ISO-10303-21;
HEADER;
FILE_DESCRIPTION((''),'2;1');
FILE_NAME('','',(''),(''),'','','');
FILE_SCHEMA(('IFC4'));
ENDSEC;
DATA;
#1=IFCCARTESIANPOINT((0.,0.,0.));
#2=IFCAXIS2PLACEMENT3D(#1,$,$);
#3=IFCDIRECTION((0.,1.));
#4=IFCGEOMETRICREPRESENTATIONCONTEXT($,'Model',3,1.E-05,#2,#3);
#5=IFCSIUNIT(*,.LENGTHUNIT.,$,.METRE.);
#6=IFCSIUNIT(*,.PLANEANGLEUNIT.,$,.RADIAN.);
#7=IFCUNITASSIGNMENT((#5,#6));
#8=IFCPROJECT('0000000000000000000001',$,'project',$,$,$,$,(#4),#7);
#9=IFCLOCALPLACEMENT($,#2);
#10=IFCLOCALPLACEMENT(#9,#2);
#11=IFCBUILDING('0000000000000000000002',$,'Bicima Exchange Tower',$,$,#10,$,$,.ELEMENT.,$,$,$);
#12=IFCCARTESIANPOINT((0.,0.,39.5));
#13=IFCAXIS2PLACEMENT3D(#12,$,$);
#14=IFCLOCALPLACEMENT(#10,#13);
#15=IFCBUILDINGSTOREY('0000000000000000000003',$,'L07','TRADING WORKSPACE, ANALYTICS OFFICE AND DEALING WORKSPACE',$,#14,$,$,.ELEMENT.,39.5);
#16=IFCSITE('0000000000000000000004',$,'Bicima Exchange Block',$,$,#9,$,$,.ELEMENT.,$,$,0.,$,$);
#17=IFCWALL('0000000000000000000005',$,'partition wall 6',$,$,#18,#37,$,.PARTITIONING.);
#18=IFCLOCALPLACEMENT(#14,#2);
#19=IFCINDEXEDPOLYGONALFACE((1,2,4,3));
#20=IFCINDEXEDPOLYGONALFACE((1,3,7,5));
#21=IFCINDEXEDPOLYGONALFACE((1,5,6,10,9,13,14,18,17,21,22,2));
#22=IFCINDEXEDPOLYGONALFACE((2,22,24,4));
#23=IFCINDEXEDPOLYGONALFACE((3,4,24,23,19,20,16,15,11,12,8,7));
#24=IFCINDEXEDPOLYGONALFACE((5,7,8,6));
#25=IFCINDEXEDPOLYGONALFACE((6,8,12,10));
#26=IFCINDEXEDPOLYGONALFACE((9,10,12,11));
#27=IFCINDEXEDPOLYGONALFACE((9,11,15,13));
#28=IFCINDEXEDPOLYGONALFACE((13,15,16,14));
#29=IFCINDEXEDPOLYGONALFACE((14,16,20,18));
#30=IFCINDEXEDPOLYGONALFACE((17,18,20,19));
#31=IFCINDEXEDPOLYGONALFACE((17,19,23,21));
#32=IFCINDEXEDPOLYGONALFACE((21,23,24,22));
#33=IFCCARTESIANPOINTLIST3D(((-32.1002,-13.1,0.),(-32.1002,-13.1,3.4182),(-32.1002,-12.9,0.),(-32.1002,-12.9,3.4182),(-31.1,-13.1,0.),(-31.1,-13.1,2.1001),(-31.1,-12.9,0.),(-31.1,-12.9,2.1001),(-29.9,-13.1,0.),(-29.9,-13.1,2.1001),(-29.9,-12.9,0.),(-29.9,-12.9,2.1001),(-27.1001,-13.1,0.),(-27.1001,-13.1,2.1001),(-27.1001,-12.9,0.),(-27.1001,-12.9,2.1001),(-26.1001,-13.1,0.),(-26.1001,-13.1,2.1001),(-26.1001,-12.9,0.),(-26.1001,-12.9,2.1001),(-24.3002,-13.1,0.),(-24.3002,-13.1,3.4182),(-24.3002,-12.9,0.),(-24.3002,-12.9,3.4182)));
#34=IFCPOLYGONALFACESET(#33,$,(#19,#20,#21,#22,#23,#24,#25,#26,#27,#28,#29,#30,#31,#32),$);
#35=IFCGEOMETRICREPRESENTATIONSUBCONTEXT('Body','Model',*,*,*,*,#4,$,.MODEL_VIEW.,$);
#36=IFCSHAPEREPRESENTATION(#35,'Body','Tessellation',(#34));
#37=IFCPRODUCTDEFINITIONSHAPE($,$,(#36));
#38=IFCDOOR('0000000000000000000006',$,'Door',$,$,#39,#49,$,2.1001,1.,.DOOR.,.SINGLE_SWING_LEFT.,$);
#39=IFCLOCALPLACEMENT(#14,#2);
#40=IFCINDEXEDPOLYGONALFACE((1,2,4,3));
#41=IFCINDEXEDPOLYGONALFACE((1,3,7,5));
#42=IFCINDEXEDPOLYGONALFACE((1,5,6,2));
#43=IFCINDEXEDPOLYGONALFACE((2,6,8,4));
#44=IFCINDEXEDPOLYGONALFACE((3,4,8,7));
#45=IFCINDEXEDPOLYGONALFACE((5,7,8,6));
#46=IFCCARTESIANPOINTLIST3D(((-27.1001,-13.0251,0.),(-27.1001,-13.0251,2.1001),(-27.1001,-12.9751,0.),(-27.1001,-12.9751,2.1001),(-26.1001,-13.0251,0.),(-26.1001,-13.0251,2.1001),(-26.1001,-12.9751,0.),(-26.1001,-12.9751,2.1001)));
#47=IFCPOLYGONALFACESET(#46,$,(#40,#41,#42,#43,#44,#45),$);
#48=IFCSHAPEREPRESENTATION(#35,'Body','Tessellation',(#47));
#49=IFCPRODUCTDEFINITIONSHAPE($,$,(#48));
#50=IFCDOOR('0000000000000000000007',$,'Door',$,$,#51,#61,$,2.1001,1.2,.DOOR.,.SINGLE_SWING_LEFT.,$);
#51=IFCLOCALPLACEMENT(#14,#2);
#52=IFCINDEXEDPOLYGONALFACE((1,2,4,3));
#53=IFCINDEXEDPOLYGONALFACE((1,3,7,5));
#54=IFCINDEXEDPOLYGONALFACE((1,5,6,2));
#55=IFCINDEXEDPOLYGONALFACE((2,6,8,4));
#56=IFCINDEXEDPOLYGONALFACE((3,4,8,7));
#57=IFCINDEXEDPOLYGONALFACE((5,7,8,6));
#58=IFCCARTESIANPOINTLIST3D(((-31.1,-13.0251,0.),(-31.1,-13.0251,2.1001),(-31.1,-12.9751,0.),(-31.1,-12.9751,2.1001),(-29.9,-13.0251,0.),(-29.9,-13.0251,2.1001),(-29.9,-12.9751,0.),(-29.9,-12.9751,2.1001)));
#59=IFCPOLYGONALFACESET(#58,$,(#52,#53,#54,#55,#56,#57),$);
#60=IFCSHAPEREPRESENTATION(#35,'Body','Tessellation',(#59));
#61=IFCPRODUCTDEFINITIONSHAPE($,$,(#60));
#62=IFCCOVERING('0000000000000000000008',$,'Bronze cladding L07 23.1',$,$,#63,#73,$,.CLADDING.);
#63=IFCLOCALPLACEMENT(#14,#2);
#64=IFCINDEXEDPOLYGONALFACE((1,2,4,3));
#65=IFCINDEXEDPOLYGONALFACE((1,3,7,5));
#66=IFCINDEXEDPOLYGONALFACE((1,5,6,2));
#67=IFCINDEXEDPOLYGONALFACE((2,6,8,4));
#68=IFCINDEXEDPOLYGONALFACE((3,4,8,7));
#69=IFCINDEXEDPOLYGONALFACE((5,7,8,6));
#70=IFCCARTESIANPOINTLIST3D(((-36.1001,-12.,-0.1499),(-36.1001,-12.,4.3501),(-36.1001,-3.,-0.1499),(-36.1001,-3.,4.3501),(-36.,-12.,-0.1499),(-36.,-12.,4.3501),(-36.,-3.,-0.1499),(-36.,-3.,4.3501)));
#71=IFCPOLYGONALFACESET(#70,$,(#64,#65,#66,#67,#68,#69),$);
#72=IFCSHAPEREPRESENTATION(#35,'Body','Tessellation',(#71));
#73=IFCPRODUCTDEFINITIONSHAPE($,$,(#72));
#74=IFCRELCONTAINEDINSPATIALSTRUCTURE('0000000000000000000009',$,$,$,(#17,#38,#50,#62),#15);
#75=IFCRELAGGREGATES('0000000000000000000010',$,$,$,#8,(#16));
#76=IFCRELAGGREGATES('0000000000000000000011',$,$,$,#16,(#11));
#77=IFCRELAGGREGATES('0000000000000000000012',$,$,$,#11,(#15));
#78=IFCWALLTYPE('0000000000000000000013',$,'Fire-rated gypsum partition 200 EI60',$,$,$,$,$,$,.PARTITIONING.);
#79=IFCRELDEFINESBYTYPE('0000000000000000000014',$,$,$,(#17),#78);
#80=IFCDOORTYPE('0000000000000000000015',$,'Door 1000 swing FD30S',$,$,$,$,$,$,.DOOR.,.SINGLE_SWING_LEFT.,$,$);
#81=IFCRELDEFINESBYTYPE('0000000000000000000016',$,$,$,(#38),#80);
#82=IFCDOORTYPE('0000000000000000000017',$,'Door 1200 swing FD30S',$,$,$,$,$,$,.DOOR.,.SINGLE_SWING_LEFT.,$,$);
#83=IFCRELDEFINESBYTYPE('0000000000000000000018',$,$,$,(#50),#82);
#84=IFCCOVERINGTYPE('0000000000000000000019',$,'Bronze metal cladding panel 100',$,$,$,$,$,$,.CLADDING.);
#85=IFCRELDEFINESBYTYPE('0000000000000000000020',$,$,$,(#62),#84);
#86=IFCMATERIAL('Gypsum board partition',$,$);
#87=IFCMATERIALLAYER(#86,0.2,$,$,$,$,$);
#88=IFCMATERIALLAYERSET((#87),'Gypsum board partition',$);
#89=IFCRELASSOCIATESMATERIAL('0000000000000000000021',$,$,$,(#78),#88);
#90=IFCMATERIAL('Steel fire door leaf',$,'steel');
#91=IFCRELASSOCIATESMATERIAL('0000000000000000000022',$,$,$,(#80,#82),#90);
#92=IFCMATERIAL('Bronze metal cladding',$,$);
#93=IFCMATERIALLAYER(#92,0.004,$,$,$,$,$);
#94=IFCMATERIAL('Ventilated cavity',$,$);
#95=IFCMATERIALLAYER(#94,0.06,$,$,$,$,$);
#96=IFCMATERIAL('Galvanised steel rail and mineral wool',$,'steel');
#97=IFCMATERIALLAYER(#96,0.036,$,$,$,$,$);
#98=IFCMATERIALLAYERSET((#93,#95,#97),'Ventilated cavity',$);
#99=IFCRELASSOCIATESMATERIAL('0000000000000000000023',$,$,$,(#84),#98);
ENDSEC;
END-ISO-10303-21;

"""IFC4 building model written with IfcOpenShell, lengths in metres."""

from ifc_helpers import new_model, si_unit, direction, frame, frame_2d, origin, origin_2d, place, context, subcontext, project, spatial, rectangle, extrude, material, layer, layer_set, type_object, element, fill, save


model = new_model("IFC4")

# Units and contexts
model_context = context("Model", 3, precision=1e-05, world=origin(), true_north=direction((0.0, 1.0)))
body_context = subcontext(model_context, "Body", "Model", "MODEL_VIEW")
ifc_project = project(units=[si_unit("LENGTHUNIT", "METRE"), si_unit("PLANEANGLEUNIT", "RADIAN")], contexts=[model_context])

# Site, building, storey
site_placement = place(None, origin())
site = spatial("IfcSite", under=ifc_project, at=site_placement, Name="Bicima Exchange Block", CompositionType="ELEMENT", RefElevation=0.0)
building_placement = place(site_placement, origin())
building = spatial("IfcBuilding", under=site, at=building_placement, Name="Bicima Exchange Tower", CompositionType="ELEMENT")
storey_placement = place(building_placement, frame((0.0, 0.0, 39.5)))
storey = spatial("IfcBuildingStorey", under=building, at=storey_placement, Name="L07", Description="TRADING WORKSPACE, ANALYTICS OFFICE AND DEALING WORKSPACE", CompositionType="ELEMENT", Elevation=39.5)

# Shared definitions
ifc_material_1 = material(Name="Gypsum board partition")
ifc_layer_1 = layer(ifc_material_1, 0.2)
ifc_layer_set_1 = layer_set([ifc_layer_1], Name="Gypsum board partition")
wall_type = type_object("IfcWallType", Name="Fire-rated gypsum partition 200 EI60", PredefinedType="PARTITIONING", material=ifc_layer_set_1)

# Wall, openings, doors
ifc_material_2 = material(Name="Steel fire door leaf", Category="steel")
door_type_1 = type_object("IfcDoorType", Name="Door 1000 swing FD30S", OperationType="SINGLE_SWING_LEFT", PredefinedType="DOOR", material=ifc_material_2)
wall_1_placement = place(storey_placement, frame((-32.1001, -13.0, 0.0), z_axis=(0.0, 0.0, 1.0), x_axis=(1.0, 0.0, 0.0)))
wall_1 = element("IfcWall", 1, at=wall_1_placement, inside=storey, type_object=wall_type, Name="partition wall 6", PredefinedType="PARTITIONING", context=body_context, shape_type="SweptSolid", body=[
    extrude(rectangle(XDim=7.8, YDim=0.2, at=frame_2d((3.8999, 0.0))), origin(), (0.0, 0.0, 1.0), 3.4182),
])
opening_1_placement = place(wall_1_placement, frame((1.0, 0.0, 0.0)))
opening_1 = element("IfcOpeningElement", 2, at=opening_1_placement, cuts=wall_1, PredefinedType="OPENING", context=body_context, shape_type="SweptSolid", body=[
    extrude(rectangle(XDim=1.2, YDim=2.1001, at=frame_2d((0.6001, 1.05))), frame((0.0, 0.1118, 0.0), z_axis=(0.0, -1.0, 0.0), x_axis=(1.0, 0.0, 0.0)), (0.0, 0.0, 1.0), 0.2239),
])
opening_2_placement = place(wall_1_placement, frame((5.0, 0.0, 0.0)))
opening_2 = element("IfcOpeningElement", 3, at=opening_2_placement, cuts=wall_1, PredefinedType="OPENING", context=body_context, shape_type="SweptSolid", body=[
    extrude(rectangle(XDim=1.0, YDim=2.1001, at=frame_2d((0.5, 1.05))), frame((0.0, 0.1118, 0.0), z_axis=(0.0, -1.0, 0.0), x_axis=(1.0, 0.0, 0.0)), (0.0, 0.0, 1.0), 0.2239),
])
door_1_placement = place(opening_2_placement, origin())
door_1 = element("IfcDoor", 4, at=door_1_placement, inside=storey, type_object=door_type_1, Name="Door", OperationType="SINGLE_SWING_LEFT", OverallHeight=2.1001, OverallWidth=1.0, PredefinedType="DOOR", context=body_context, shape_type="SweptSolid", body=[
    extrude(rectangle(XDim=1.0, YDim=2.1001, at=frame_2d((0.5, 1.05))), frame((0.0, 0.0249, 0.0), z_axis=(0.0, -1.0, 0.0), x_axis=(1.0, 0.0, 0.0)), (0.0, 0.0, 1.0), 0.05),
])
fill(opening_2, door_1)
door_type_2 = type_object("IfcDoorType", Name="Door 1200 swing FD30S", OperationType="SINGLE_SWING_LEFT", PredefinedType="DOOR", material=ifc_material_2)
door_2_placement = place(opening_1_placement, origin())
door_2 = element("IfcDoor", 5, at=door_2_placement, inside=storey, type_object=door_type_2, Name="Door", OperationType="SINGLE_SWING_LEFT", OverallHeight=2.1001, OverallWidth=1.2, PredefinedType="DOOR", context=body_context, shape_type="SweptSolid", body=[
    extrude(rectangle(XDim=1.2, YDim=2.1001, at=frame_2d((0.6001, 1.05))), frame((0.0, 0.0249, 0.0), z_axis=(0.0, -1.0, 0.0), x_axis=(1.0, 0.0, 0.0)), (0.0, 0.0, 1.0), 0.05),
])
fill(opening_1, door_2)

# Covering
ifc_material_3 = material(Name="Bronze metal cladding")
ifc_layer_2 = layer(ifc_material_3, 0.004)
ifc_material_4 = material(Name="Ventilated cavity")
ifc_layer_3 = layer(ifc_material_4, 0.06)
ifc_material_5 = material(Name="Galvanised steel rail and mineral wool", Category="steel")
ifc_layer_4 = layer(ifc_material_5, 0.036)
ifc_layer_set_2 = layer_set([ifc_layer_2, ifc_layer_3, ifc_layer_4], Name="Ventilated cavity")
covering_type = type_object("IfcCoveringType", Name="Bronze metal cladding panel 100", PredefinedType="CLADDING", material=ifc_layer_set_2)
covering_placement = place(storey_placement, frame((-36.05, -7.5, -0.1499), z_axis=(0.0, 0.0, 1.0), x_axis=(0.0, -1.0, 0.0)))
element("IfcCovering", 6, at=covering_placement, inside=storey, type_object=covering_type, Name="Bronze cladding L07 23.1", PredefinedType="CLADDING", context=body_context, shape_type="SweptSolid", body=[
    extrude(rectangle(XDim=9.0, YDim=0.1001, at=origin_2d()), origin(), (0.0, 0.0, 1.0), 4.5),
])

save(model, "model.ifc")
